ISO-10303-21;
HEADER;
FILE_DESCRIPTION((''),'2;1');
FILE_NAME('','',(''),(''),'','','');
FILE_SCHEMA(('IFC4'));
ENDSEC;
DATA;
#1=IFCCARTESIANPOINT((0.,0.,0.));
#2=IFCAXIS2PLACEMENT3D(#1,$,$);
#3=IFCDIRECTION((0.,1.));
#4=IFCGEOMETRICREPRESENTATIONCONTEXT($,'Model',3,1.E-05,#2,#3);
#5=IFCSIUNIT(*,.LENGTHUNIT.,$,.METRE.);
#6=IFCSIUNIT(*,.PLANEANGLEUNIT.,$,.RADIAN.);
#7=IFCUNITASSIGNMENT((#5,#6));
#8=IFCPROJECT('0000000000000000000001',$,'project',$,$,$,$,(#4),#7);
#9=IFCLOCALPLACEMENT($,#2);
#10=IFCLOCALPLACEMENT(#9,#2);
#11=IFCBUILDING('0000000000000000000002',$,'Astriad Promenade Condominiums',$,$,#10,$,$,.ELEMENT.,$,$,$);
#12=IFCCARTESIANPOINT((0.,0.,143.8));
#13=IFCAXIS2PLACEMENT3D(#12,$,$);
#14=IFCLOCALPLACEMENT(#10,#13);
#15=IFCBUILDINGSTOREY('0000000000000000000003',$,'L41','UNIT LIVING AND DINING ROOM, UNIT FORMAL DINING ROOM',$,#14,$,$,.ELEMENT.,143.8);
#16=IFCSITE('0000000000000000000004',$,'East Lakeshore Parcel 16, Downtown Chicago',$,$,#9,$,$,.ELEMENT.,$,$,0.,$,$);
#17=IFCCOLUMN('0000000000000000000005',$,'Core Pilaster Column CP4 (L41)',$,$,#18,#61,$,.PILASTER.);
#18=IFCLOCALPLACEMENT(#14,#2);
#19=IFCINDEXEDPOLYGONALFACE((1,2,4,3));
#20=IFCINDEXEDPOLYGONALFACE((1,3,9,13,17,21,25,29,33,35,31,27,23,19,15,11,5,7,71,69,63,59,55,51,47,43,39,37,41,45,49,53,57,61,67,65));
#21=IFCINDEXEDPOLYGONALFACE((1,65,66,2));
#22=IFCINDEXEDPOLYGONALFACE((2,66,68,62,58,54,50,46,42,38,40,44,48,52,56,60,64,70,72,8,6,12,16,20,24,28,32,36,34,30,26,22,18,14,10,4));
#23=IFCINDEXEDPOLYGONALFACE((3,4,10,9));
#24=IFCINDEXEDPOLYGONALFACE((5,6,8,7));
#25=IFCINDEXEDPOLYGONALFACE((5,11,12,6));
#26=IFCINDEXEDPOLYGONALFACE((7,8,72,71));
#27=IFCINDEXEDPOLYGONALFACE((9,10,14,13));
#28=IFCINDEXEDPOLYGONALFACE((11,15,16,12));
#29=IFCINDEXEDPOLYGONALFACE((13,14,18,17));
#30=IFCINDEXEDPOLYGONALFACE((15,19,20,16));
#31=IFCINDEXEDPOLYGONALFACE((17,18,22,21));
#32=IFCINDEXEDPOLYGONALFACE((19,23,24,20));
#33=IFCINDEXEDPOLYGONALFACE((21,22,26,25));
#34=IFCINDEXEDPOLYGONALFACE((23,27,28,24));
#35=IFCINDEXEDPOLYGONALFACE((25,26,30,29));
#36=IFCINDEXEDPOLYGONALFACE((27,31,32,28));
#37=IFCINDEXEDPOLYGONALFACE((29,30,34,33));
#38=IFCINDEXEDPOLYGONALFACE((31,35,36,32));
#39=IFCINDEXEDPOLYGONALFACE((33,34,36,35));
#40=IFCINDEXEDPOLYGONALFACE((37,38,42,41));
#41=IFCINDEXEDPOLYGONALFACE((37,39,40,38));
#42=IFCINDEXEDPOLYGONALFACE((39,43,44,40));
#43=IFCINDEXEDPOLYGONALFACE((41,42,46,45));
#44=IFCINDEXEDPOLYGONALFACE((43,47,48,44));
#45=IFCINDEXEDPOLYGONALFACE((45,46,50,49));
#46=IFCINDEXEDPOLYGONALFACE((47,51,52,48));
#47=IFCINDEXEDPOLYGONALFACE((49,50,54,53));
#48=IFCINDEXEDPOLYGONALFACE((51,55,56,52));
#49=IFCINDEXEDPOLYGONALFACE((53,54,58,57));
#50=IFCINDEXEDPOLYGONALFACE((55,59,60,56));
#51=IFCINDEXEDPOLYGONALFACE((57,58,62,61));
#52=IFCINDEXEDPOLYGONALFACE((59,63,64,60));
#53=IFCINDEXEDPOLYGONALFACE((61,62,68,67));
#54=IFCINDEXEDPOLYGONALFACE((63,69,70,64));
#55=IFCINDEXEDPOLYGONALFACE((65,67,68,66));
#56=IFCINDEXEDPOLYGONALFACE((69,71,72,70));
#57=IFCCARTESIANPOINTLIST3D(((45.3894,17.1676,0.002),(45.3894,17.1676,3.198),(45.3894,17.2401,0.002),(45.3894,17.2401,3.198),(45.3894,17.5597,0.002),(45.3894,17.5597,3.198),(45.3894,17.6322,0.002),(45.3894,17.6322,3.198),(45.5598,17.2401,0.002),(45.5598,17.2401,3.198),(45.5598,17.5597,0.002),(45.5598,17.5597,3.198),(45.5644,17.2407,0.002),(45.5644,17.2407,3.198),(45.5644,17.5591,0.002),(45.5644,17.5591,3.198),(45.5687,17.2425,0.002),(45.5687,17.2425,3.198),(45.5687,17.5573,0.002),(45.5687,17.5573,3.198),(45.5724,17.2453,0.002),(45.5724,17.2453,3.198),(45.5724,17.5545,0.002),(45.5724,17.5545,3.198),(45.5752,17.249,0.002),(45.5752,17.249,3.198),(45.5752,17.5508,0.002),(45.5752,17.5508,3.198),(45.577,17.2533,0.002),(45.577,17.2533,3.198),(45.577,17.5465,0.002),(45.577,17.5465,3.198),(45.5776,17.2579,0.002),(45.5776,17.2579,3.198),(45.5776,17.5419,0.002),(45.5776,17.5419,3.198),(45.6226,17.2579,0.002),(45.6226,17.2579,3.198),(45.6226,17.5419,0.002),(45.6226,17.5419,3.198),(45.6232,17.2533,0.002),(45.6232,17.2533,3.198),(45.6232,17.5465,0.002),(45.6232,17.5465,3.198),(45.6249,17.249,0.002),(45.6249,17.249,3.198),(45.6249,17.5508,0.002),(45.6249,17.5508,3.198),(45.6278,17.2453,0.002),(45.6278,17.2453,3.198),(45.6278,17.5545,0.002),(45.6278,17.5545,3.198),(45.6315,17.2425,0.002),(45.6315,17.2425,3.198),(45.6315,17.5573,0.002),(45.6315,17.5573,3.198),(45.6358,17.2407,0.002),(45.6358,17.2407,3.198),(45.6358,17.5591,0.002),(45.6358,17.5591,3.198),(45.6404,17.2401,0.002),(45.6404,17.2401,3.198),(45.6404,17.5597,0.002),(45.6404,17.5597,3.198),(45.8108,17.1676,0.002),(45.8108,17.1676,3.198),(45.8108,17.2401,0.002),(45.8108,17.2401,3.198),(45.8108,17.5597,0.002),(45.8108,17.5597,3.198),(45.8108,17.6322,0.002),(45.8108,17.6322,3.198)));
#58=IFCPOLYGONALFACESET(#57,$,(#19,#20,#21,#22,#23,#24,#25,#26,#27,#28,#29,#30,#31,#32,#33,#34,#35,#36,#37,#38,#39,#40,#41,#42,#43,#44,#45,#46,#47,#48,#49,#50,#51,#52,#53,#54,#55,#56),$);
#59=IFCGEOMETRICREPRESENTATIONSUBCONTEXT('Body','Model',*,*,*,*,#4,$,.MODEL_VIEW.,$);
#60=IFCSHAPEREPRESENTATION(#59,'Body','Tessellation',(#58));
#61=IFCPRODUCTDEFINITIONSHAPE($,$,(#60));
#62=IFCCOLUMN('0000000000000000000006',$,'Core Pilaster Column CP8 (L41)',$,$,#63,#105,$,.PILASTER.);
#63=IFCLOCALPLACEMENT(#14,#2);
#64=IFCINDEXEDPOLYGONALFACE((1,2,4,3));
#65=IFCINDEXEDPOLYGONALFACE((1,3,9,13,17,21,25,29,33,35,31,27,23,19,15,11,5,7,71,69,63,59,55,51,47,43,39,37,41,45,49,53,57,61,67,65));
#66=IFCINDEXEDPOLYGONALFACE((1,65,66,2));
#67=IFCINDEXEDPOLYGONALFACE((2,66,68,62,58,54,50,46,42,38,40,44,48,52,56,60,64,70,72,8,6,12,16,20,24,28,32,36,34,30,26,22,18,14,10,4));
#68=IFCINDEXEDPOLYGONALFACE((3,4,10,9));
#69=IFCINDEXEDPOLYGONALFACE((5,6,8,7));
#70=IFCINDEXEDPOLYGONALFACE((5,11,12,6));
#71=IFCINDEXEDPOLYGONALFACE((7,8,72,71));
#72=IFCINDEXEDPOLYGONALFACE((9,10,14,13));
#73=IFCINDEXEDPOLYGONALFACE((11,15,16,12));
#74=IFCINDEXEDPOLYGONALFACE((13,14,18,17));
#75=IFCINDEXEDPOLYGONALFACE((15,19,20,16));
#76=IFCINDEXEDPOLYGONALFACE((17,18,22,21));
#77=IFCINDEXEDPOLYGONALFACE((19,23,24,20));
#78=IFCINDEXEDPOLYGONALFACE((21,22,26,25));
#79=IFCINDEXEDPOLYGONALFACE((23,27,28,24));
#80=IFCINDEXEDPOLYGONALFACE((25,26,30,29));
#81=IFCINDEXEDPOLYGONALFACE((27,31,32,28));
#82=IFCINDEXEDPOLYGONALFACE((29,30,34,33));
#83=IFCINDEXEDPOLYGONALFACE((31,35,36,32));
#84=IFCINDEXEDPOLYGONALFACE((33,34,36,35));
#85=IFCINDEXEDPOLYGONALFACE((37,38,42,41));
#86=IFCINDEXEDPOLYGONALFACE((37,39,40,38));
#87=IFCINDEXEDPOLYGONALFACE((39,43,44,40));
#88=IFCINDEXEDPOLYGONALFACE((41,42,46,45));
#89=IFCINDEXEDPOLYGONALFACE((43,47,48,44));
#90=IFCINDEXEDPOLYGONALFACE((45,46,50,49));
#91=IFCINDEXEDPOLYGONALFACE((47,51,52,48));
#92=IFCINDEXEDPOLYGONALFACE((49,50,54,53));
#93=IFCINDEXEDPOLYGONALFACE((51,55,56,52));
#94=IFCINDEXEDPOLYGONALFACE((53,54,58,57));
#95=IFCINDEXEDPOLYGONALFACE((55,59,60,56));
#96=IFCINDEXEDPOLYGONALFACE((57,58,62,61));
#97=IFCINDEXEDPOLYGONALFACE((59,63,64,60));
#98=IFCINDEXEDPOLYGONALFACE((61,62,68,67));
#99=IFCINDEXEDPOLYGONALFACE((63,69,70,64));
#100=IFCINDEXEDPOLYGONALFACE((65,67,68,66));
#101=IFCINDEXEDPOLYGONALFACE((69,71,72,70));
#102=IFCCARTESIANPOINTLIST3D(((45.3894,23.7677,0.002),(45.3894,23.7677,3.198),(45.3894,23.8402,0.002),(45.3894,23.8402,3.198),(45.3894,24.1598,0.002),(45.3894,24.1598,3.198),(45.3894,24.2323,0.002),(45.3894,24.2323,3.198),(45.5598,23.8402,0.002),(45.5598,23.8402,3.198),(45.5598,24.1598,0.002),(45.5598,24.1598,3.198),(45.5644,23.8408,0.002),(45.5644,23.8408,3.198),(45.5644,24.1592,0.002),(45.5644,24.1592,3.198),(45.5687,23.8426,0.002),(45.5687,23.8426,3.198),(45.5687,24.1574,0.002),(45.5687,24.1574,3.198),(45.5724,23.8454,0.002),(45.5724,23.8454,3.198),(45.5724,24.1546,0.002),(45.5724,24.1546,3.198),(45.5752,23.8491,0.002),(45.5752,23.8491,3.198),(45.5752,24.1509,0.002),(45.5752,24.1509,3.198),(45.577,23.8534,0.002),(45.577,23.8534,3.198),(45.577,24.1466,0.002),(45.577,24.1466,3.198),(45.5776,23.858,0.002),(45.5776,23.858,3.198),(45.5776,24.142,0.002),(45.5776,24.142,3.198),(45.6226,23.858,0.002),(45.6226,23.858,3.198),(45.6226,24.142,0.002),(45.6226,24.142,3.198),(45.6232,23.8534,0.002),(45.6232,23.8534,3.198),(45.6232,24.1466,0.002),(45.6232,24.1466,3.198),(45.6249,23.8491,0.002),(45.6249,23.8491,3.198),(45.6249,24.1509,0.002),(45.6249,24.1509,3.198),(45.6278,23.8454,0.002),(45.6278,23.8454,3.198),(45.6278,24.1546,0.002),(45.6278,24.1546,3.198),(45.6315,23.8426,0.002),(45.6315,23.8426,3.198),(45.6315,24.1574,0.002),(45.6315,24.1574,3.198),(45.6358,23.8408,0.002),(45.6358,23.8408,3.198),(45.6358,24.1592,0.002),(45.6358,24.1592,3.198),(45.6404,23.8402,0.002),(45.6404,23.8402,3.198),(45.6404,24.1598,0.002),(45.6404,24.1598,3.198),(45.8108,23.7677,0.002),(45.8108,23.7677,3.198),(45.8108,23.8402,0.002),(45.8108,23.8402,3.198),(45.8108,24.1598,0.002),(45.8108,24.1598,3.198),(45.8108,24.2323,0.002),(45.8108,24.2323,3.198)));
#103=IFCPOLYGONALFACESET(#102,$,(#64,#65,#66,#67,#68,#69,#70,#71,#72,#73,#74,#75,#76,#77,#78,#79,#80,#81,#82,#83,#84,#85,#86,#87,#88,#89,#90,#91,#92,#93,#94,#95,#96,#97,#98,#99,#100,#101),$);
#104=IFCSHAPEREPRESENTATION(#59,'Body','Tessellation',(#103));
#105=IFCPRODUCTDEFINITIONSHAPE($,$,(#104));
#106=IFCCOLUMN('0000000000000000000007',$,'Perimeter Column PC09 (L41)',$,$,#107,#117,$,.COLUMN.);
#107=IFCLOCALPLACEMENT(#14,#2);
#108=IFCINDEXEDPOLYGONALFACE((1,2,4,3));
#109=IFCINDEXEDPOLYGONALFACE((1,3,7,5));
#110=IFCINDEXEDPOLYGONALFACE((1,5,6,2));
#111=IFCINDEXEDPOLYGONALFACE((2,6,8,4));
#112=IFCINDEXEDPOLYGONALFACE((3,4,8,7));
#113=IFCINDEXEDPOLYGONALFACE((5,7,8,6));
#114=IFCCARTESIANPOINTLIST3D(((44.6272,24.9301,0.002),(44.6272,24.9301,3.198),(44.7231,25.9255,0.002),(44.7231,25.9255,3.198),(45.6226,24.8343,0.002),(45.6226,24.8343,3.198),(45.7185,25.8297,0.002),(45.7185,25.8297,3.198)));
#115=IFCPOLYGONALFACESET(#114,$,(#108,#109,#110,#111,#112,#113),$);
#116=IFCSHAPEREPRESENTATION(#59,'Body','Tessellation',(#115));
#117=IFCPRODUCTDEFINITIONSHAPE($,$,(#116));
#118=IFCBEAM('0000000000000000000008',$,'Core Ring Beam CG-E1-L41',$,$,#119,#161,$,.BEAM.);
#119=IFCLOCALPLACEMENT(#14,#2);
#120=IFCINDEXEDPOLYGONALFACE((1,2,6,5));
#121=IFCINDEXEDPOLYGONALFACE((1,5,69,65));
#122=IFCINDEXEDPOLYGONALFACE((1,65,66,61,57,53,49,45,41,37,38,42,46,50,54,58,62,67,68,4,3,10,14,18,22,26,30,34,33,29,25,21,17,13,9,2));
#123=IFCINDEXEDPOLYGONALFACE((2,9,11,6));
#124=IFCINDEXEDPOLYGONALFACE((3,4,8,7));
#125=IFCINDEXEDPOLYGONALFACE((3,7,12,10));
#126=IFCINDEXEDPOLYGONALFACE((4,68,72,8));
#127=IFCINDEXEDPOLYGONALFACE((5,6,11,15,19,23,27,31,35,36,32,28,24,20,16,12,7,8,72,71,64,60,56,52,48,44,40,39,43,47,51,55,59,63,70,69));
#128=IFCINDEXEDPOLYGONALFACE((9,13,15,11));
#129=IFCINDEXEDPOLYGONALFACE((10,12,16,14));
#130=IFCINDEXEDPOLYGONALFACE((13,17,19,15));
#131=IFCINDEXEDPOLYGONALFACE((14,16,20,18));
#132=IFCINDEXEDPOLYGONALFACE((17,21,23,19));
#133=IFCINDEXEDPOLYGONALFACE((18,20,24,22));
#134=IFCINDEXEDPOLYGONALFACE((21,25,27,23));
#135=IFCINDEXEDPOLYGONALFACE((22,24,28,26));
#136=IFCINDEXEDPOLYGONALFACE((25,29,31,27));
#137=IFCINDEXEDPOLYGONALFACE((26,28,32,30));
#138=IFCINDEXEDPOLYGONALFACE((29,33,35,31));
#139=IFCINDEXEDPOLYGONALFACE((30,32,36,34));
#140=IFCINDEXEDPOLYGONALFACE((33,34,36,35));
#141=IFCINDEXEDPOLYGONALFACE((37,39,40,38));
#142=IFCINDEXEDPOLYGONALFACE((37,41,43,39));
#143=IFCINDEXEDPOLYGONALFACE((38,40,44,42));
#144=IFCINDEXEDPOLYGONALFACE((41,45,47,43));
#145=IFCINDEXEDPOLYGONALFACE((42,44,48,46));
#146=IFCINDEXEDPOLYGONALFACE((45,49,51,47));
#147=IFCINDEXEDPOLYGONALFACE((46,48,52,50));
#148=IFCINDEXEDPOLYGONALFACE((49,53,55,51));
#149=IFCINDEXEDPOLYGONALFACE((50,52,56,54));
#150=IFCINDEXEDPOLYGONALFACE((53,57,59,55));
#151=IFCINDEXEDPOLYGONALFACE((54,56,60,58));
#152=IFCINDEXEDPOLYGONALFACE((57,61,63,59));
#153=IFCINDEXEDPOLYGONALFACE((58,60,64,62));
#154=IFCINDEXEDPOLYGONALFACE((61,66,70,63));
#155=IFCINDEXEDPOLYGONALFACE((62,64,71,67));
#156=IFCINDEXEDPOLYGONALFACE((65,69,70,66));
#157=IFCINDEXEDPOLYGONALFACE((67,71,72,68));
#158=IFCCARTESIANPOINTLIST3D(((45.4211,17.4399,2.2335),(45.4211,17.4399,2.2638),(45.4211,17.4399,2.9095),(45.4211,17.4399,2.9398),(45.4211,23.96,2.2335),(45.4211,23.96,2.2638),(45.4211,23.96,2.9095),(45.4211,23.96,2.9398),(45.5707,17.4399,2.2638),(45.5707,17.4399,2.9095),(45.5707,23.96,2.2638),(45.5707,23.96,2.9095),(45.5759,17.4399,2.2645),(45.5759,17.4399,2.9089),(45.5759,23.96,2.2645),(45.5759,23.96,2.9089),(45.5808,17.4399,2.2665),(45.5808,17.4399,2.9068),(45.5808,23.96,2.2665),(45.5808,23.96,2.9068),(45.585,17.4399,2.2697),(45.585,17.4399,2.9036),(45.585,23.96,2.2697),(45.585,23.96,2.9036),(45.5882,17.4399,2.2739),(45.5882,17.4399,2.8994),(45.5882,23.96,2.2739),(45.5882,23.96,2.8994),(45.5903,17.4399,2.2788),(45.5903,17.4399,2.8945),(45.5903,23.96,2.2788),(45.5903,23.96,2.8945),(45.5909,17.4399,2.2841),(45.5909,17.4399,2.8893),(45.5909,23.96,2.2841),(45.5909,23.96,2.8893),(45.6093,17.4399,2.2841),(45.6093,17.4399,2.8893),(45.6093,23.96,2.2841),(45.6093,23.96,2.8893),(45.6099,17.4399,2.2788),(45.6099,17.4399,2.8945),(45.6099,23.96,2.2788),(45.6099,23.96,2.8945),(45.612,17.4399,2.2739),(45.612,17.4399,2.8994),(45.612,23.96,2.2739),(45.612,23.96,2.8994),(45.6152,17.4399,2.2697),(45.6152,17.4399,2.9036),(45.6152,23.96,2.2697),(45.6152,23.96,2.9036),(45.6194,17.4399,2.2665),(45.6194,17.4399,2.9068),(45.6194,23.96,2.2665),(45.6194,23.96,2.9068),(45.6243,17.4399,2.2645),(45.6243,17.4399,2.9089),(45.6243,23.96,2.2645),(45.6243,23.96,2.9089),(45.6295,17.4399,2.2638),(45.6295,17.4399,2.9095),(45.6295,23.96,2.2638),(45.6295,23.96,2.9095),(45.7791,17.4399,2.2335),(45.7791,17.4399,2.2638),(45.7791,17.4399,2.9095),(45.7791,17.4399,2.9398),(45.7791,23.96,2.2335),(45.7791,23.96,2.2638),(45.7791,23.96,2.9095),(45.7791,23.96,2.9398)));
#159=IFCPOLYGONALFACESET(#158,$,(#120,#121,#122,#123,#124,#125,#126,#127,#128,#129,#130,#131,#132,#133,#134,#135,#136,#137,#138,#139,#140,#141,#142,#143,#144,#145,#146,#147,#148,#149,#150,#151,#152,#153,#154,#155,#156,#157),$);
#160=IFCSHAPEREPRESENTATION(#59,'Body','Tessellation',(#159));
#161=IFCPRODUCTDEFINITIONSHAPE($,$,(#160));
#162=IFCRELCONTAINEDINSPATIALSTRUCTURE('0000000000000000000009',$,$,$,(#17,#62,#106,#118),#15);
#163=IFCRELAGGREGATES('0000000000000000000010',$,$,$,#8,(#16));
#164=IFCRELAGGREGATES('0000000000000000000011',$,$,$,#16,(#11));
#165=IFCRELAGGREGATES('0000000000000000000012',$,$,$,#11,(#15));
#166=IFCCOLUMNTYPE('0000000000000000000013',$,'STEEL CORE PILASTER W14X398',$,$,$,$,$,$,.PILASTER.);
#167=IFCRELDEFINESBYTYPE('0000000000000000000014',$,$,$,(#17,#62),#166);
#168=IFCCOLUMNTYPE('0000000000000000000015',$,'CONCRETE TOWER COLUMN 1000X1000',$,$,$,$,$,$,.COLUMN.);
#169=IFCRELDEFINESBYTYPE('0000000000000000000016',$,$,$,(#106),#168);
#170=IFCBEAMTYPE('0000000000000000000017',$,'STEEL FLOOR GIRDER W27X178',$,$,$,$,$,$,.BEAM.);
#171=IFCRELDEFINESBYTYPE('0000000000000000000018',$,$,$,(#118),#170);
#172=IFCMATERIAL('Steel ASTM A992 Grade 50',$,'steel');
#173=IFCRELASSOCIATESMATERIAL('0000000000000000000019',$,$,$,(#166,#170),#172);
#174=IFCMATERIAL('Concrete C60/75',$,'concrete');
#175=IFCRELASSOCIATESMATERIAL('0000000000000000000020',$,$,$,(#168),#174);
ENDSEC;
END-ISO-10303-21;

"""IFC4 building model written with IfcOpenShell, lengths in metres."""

from ifc_helpers import new_model, si_unit, direction, frame, origin, origin_2d, place, context, subcontext, project, spatial, rectangle, i_section, extrude, source, transform, mapped, material, material_profile, profile_set, type_object, type_shapes, element, save


model = new_model("IFC4")

# Units and contexts
model_context = context("Model", 3, precision=1e-05, world=origin(), true_north=direction((0.0, 1.0)))
body_context = subcontext(model_context, "Body", "Model", "MODEL_VIEW")
ifc_project = project(units=[si_unit("LENGTHUNIT", "METRE"), si_unit("PLANEANGLEUNIT", "RADIAN")], contexts=[model_context])

# Site, building, storey
site_placement = place(None, origin())
site = spatial("IfcSite", under=ifc_project, at=site_placement, Name="East Lakeshore Parcel 16, Downtown Chicago", CompositionType="ELEMENT", RefElevation=0.0)
building_placement = place(site_placement, origin())
building = spatial("IfcBuilding", under=site, at=building_placement, Name="Astriad Promenade Condominiums", CompositionType="ELEMENT")
storey_placement = place(building_placement, frame((0.0, 0.0, 143.8)))
storey = spatial("IfcBuildingStorey", under=building, at=storey_placement, Name="L41", Description="UNIT LIVING AND DINING ROOM, UNIT FORMAL DINING ROOM", CompositionType="ELEMENT", Elevation=143.8)

# Columns
ifc_material_1 = material(Name="Steel ASTM A992 Grade 50", Category="steel")
ifc_material_profile_1 = material_profile(ifc_material_1, i_section(OverallWidth=0.4214, OverallDepth=0.4646, WebThickness=0.0449, FlangeThickness=0.0725, FilletRadius=0.0178, at=origin_2d()), Name="W14X398")
ifc_profile_set_1 = profile_set([ifc_material_profile_1], Name="Steel ASTM A992 Grade 50")
column_type_1 = type_object("IfcColumnType", Name="STEEL CORE PILASTER W14X398", PredefinedType="PILASTER", material=ifc_profile_set_1)
shared_shape_1 = source(origin(), body_context, "Body", "SweptSolid", [
    extrude(i_section(OverallWidth=0.4214, OverallDepth=0.4646, WebThickness=0.0449, FlangeThickness=0.0725, FilletRadius=0.0178, at=origin_2d()), origin(), (0.0, 0.0, 1.0), 3.196),
])
type_shapes(column_type_1, [shared_shape_1])
for number, where, z_axis, x_axis, name in (
    (1, (45.6001, 17.3999, 0.002), (0.0, 0.0, 1.0), (1.0, 0.0, 0.0), "Core Pilaster Column CP4 (L41)"),
    (2, (45.6001, 24.0, 0.002), (0.0, 0.0, 1.0), (1.0, 0.0, 0.0), "Core Pilaster Column CP8 (L41)"),
):
    element("IfcColumn", number, at=place(storey_placement, frame(where, z_axis=z_axis, x_axis=x_axis)), inside=storey, type_object=column_type_1, Name=name, PredefinedType="PILASTER", context=body_context, shape_type="MappedRepresentation", body=[
        mapped(shared_shape_1, transform((0.0, 0.0, 0.0), scale=1.0)),
    ])
ifc_material_2 = material(Name="Concrete C60/75", Category="concrete")
ifc_material_profile_2 = material_profile(ifc_material_2, rectangle(XDim=1.0, YDim=1.0, at=origin_2d()), Name="RC-COL-1000X1000")
ifc_profile_set_2 = profile_set([ifc_material_profile_2], Name="Concrete C60/75")
column_type_2 = type_object("IfcColumnType", Name="CONCRETE TOWER COLUMN 1000X1000", PredefinedType="COLUMN", material=ifc_profile_set_2)
shared_shape_2 = source(origin(), body_context, "Body", "SweptSolid", [
    extrude(rectangle(XDim=1.0, YDim=1.0, at=origin_2d()), origin(), (0.0, 0.0, 1.0), 3.196),
])
type_shapes(column_type_2, [shared_shape_2])
column_placement = place(storey_placement, frame((45.1729, 25.3799, 0.002), z_axis=(0.0, 0.0, 1.0), x_axis=(0.995396, -0.095846, 0.0)))
element("IfcColumn", 3, at=column_placement, inside=storey, type_object=column_type_2, Name="Perimeter Column PC09 (L41)", PredefinedType="COLUMN", context=body_context, shape_type="MappedRepresentation", body=[
    mapped(shared_shape_2, transform((0.0, 0.0, 0.0), scale=1.0)),
])

# Beam
ifc_material_profile_3 = material_profile(ifc_material_1, i_section(OverallWidth=0.3579, OverallDepth=0.7063, WebThickness=0.0183, FlangeThickness=0.0303, FilletRadius=0.0203, at=origin_2d()), Name="W27X178")
ifc_profile_set_3 = profile_set([ifc_material_profile_3], Name="Steel ASTM A992 Grade 50")
beam_type_1 = type_object("IfcBeamType", Name="STEEL FLOOR GIRDER W27X178", PredefinedType="BEAM", material=ifc_profile_set_3)
shared_shape_3 = source(origin(), body_context, "Body", "SweptSolid", [
    extrude(i_section(OverallWidth=0.3579, OverallDepth=0.7063, WebThickness=0.0183, FlangeThickness=0.0303, FilletRadius=0.0203, at=origin_2d()), origin(), (0.0, 0.0, 1.0), 6.52),
])
type_shapes(beam_type_1, [shared_shape_3])
beam_1_placement = place(storey_placement, frame((45.6001, 17.4399, 2.5867), z_axis=(0.0, 1.0, 0.0), x_axis=(-1.0, 0.0, 0.0)))
element("IfcBeam", 4, at=beam_1_placement, inside=storey, type_object=beam_type_1, Name="Core Ring Beam CG-E1-L41", PredefinedType="BEAM", context=body_context, shape_type="MappedRepresentation", body=[
    mapped(shared_shape_3, transform((0.0, 0.0, 0.0), scale=1.0)),
])

save(model, "model.ifc")
